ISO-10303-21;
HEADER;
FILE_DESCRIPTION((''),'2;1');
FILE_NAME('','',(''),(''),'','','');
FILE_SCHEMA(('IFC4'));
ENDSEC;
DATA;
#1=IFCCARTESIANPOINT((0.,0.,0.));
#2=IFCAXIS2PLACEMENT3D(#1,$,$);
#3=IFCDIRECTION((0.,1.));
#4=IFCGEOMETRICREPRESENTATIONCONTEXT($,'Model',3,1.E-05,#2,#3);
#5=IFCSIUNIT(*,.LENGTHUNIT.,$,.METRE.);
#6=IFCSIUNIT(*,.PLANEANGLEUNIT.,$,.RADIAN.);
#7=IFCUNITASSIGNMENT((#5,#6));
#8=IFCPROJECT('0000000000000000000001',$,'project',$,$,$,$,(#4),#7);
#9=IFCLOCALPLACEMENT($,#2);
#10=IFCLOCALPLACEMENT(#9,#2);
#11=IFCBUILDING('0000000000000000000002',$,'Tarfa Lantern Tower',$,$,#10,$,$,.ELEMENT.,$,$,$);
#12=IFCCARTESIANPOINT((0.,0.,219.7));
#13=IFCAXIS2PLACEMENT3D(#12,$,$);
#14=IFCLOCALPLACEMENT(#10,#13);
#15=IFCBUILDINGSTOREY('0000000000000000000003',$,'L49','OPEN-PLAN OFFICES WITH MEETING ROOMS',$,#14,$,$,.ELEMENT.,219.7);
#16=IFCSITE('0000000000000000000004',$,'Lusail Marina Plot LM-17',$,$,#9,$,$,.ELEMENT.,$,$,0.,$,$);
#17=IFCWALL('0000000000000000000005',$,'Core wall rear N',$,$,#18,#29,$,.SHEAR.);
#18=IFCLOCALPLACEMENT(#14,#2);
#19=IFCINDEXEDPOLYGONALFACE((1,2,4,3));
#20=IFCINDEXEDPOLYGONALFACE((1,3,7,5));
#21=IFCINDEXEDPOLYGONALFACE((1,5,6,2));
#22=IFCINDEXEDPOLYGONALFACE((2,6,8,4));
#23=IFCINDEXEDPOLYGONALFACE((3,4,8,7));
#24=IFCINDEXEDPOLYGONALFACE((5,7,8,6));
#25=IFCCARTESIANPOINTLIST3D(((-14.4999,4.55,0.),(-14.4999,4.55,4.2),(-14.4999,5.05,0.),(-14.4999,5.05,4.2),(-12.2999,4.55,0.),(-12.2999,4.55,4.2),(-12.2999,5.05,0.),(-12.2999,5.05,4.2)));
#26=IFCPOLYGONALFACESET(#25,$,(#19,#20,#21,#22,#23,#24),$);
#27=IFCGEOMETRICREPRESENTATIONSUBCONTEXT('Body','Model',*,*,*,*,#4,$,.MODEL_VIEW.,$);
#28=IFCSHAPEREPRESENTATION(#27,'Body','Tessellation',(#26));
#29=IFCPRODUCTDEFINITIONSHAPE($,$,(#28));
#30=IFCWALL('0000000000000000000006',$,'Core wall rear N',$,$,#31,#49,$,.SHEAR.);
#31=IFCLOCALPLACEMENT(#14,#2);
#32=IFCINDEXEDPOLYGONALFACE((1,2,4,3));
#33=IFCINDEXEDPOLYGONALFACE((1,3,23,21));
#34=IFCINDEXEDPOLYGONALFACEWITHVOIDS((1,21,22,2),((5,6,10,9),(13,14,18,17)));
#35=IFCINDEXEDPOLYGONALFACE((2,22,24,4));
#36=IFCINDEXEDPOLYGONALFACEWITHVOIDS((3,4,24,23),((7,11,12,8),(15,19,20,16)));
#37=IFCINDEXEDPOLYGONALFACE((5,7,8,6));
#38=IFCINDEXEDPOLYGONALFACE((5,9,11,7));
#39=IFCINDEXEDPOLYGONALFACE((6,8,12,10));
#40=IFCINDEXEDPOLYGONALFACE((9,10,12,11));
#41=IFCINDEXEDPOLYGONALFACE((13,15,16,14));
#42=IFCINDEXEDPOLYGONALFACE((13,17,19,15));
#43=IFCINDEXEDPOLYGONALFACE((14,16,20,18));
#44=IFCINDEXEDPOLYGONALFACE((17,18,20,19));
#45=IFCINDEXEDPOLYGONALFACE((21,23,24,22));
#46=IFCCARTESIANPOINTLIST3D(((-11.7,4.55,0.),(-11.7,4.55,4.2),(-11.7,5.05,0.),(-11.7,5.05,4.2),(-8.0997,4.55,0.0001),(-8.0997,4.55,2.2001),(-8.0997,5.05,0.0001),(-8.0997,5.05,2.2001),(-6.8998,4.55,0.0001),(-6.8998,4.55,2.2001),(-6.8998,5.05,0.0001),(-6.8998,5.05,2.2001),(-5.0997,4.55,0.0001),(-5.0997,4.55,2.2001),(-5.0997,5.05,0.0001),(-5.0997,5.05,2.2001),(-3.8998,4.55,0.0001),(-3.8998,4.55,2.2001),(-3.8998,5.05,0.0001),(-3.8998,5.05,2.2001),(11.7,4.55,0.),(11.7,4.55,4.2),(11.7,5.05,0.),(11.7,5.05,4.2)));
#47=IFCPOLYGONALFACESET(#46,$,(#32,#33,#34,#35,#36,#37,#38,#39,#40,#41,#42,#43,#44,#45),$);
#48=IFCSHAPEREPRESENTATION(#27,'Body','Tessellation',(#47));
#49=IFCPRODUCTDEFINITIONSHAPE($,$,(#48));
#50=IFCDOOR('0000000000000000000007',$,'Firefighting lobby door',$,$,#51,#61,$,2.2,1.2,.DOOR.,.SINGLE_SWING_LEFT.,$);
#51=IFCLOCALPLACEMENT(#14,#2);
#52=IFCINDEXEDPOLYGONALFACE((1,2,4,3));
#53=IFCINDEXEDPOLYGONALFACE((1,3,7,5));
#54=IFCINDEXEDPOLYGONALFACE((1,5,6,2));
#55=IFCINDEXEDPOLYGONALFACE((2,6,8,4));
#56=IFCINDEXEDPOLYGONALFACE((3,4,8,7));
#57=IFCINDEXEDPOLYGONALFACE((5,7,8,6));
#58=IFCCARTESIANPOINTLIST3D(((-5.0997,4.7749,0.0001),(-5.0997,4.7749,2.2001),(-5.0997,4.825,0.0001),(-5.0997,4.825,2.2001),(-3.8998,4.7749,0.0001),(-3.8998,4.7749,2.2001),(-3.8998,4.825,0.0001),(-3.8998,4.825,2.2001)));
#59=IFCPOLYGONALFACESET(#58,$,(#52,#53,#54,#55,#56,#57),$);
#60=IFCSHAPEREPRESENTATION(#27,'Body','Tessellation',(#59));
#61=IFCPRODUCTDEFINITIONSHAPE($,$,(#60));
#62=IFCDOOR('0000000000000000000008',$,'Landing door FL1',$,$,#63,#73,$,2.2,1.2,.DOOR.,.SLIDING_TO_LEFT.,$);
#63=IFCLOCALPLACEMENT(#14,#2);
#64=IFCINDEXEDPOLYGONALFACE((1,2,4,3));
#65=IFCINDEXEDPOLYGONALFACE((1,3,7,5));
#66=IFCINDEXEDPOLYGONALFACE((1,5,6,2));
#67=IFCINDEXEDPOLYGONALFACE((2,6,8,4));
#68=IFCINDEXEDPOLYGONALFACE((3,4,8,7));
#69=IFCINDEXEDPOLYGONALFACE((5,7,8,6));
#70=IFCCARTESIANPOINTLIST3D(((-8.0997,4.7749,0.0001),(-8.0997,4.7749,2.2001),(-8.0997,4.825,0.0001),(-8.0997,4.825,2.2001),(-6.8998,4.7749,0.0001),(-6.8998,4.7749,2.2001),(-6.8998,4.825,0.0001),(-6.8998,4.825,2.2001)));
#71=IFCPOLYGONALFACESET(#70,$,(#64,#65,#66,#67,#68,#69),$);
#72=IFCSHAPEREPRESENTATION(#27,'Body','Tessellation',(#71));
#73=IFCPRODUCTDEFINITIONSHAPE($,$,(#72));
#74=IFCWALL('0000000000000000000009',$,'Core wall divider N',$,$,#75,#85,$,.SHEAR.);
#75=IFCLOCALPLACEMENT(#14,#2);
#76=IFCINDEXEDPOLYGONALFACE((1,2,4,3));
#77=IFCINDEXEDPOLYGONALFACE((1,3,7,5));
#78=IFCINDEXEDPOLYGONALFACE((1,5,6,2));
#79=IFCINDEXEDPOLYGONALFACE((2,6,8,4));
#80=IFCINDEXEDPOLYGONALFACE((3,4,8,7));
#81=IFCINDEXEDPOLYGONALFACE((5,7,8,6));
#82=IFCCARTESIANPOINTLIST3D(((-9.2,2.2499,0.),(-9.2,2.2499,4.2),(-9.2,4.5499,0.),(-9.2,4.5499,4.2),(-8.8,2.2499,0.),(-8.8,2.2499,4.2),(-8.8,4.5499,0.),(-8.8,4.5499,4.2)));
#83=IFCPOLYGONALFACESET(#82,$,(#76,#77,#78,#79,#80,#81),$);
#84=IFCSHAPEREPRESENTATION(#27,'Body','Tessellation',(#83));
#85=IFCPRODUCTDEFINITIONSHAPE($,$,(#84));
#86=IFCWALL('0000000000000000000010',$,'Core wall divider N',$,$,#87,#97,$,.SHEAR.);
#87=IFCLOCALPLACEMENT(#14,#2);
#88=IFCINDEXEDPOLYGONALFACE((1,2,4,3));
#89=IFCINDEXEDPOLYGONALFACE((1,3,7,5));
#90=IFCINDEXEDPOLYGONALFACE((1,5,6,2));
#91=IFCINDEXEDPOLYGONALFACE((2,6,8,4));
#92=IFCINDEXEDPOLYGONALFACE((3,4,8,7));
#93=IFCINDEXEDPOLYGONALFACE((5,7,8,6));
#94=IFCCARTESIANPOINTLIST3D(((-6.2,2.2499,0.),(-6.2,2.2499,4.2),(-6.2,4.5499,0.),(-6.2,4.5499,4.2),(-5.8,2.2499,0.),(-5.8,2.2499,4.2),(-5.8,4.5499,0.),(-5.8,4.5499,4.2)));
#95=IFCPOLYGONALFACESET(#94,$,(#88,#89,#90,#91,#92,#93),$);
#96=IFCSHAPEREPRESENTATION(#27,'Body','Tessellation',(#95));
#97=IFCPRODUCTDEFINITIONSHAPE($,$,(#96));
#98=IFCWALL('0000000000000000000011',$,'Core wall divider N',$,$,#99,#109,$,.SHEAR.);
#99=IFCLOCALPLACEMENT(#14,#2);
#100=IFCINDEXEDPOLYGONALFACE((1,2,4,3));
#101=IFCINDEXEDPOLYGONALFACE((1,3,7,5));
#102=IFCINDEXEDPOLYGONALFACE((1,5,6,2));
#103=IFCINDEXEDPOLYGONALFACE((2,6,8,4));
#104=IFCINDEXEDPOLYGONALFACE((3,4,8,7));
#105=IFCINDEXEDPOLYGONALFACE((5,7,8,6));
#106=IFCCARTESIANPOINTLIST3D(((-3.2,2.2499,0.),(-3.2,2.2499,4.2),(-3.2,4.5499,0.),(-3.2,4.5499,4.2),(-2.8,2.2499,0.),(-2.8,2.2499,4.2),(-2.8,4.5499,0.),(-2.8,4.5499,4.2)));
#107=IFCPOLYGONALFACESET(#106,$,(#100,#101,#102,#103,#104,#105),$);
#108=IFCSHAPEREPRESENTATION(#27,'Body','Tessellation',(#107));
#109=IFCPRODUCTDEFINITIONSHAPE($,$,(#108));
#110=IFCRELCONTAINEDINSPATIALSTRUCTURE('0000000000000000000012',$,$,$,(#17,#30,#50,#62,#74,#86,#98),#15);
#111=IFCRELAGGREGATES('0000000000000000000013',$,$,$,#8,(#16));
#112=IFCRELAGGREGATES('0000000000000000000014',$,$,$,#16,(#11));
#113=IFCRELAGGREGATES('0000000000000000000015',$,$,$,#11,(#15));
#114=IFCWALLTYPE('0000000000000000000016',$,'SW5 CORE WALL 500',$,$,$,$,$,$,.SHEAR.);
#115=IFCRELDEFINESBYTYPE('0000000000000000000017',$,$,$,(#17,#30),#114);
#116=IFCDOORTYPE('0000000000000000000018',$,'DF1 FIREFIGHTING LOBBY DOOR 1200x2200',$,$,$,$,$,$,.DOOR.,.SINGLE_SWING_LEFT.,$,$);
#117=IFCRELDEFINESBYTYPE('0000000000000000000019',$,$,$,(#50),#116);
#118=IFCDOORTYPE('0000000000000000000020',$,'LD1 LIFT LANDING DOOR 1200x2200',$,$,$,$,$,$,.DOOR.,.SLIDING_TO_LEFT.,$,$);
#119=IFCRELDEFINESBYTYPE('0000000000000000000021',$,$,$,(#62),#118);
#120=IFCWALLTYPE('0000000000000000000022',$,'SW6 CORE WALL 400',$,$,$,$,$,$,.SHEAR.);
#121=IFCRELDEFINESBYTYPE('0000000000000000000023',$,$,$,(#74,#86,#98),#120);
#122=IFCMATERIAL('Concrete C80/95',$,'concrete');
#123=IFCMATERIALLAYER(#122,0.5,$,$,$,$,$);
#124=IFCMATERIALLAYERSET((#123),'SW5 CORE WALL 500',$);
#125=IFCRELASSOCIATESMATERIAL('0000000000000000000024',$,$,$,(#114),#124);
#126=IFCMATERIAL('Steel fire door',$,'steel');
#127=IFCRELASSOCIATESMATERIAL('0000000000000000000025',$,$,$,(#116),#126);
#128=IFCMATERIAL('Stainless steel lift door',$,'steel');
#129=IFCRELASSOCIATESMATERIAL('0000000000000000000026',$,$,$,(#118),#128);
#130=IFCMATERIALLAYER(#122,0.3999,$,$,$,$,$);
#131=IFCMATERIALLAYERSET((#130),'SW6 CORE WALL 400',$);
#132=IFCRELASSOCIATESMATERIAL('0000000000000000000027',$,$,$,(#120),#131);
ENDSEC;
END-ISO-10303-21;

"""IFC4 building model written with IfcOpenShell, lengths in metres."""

from ifc_helpers import new_model, si_unit, direction, frame, frame_2d, origin, place, context, subcontext, project, spatial, rectangle, extrude, material, layer, layer_set, type_object, element, fill, save


model = new_model("IFC4")

# Units and contexts
model_context = context("Model", 3, precision=1e-05, world=origin(), true_north=direction((0.0, 1.0)))
body_context = subcontext(model_context, "Body", "Model", "MODEL_VIEW")
ifc_project = project(units=[si_unit("LENGTHUNIT", "METRE"), si_unit("PLANEANGLEUNIT", "RADIAN")], contexts=[model_context])

# Site, building, storey
site_placement = place(None, origin())
site = spatial("IfcSite", under=ifc_project, at=site_placement, Name="Lusail Marina Plot LM-17", CompositionType="ELEMENT", RefElevation=0.0)
building_placement = place(site_placement, origin())
building = spatial("IfcBuilding", under=site, at=building_placement, Name="Tarfa Lantern Tower", CompositionType="ELEMENT")
storey_placement = place(building_placement, frame((0.0, 0.0, 219.7)))
storey = spatial("IfcBuildingStorey", under=building, at=storey_placement, Name="L49", Description="OPEN-PLAN OFFICES WITH MEETING ROOMS", CompositionType="ELEMENT", Elevation=219.7)

# Shared definitions
ifc_material_1 = material(Name="Concrete C80/95", Category="concrete")

# Shared definitions
ifc_material_2 = material(Name="Steel fire door", Category="steel")

# Shared definitions
ifc_layer_1 = layer(ifc_material_1, 0.5)
ifc_layer_set_1 = layer_set([ifc_layer_1], Name="SW5 CORE WALL 500")
wall_type_1 = type_object("IfcWallType", Name="SW5 CORE WALL 500", PredefinedType="SHEAR", material=ifc_layer_set_1)
ifc_material_3 = material(Name="Stainless steel lift door", Category="steel")

# Wall
wall_1_placement = place(storey_placement, frame((-14.5, 4.8, 0.0), z_axis=(0.0, 0.0, 1.0), x_axis=(1.0, 0.0, 0.0)))
element("IfcWall", 1, at=wall_1_placement, inside=storey, type_object=wall_type_1, Name="Core wall rear N", PredefinedType="SHEAR", context=body_context, shape_type="SweptSolid", body=[
    extrude(rectangle(XDim=2.2, YDim=0.5, at=frame_2d((1.1001, 0.0))), origin(), (0.0, 0.0, 1.0), 4.2),
])

# Wall, openings, doors
wall_2_placement = place(storey_placement, frame((-11.7, 4.8, 0.0), z_axis=(0.0, 0.0, 1.0), x_axis=(1.0, 0.0, 0.0)))
wall_2 = element("IfcWall", 2, at=wall_2_placement, inside=storey, type_object=wall_type_1, Name="Core wall rear N", PredefinedType="SHEAR", context=body_context, shape_type="SweptSolid", body=[
    extrude(rectangle(XDim=23.3999, YDim=0.5, at=frame_2d((11.7, 0.0))), origin(), (0.0, 0.0, 1.0), 4.2),
])
opening_1_placement = place(wall_2_placement, frame((6.6001, 0.0, 0.0)))
opening_1 = element("IfcOpeningElement", 3, at=opening_1_placement, cuts=wall_2, PredefinedType="OPENING", context=body_context, shape_type="SweptSolid", body=[
    extrude(rectangle(XDim=1.2, YDim=2.2, at=frame_2d((0.6001, 1.1001))), frame((0.0, 0.26, 0.0), z_axis=(0.0, -1.0, 0.0), x_axis=(1.0, 0.0, 0.0)), (0.0, 0.0, 1.0), 0.52),
])
opening_2_placement = place(wall_2_placement, frame((3.6001, 0.0, 0.0)))
opening_2 = element("IfcOpeningElement", 4, at=opening_2_placement, cuts=wall_2, PredefinedType="OPENING", context=body_context, shape_type="SweptSolid", body=[
    extrude(rectangle(XDim=1.2, YDim=2.2, at=frame_2d((0.6001, 1.1001))), frame((0.0, 0.26, 0.0), z_axis=(0.0, -1.0, 0.0), x_axis=(1.0, 0.0, 0.0)), (0.0, 0.0, 1.0), 0.52),
])
door_type_1 = type_object("IfcDoorType", Name="DF1 FIREFIGHTING LOBBY DOOR 1200x2200", OperationType="SINGLE_SWING_LEFT", PredefinedType="DOOR", material=ifc_material_2)
door_1_placement = place(opening_1_placement, origin())
door_1 = element("IfcDoor", 5, at=door_1_placement, inside=storey, type_object=door_type_1, Name="Firefighting lobby door", OperationType="SINGLE_SWING_LEFT", OverallHeight=2.2, OverallWidth=1.2, PredefinedType="DOOR", context=body_context, shape_type="SweptSolid", body=[
    extrude(rectangle(XDim=1.2, YDim=2.2, at=frame_2d((0.6001, 1.1001))), frame((0.0, 0.0249, 0.0), z_axis=(0.0, -1.0, 0.0), x_axis=(1.0, 0.0, 0.0)), (0.0, 0.0, 1.0), 0.05),
])
fill(opening_1, door_1)
door_type_2 = type_object("IfcDoorType", Name="LD1 LIFT LANDING DOOR 1200x2200", OperationType="SLIDING_TO_LEFT", PredefinedType="DOOR", material=ifc_material_3)
door_2_placement = place(opening_2_placement, origin())
door_2 = element("IfcDoor", 6, at=door_2_placement, inside=storey, type_object=door_type_2, Name="Landing door FL1", OperationType="SLIDING_TO_LEFT", OverallHeight=2.2, OverallWidth=1.2, PredefinedType="DOOR", context=body_context, shape_type="SweptSolid", body=[
    extrude(rectangle(XDim=1.2, YDim=2.2, at=frame_2d((0.6001, 1.1001))), frame((0.0, 0.0249, 0.0), z_axis=(0.0, -1.0, 0.0), x_axis=(1.0, 0.0, 0.0)), (0.0, 0.0, 1.0), 0.05),
])
fill(opening_2, door_2)

# Walls
ifc_layer_2 = layer(ifc_material_1, 0.3999)
ifc_layer_set_2 = layer_set([ifc_layer_2], Name="SW6 CORE WALL 400")
wall_type_2 = type_object("IfcWallType", Name="SW6 CORE WALL 400", PredefinedType="SHEAR", material=ifc_layer_set_2)
for number, where, z_axis, x_axis, name in (
    (7, (-9.0, 2.25, 0.0), (0.0, 0.0, 1.0), (0.0, 1.0, 0.0), "Core wall divider N"),
    (8, (-6.0, 2.25, 0.0), (0.0, 0.0, 1.0), (0.0, 1.0, 0.0), "Core wall divider N"),
    (9, (-3.0, 2.25, 0.0), (0.0, 0.0, 1.0), (0.0, 1.0, 0.0), "Core wall divider N"),
):
    element("IfcWall", number, at=place(storey_placement, frame(where, z_axis=z_axis, x_axis=x_axis)), inside=storey, type_object=wall_type_2, Name=name, PredefinedType="SHEAR", context=body_context, shape_type="SweptSolid", body=[
        extrude(rectangle(XDim=2.3, YDim=0.3999, at=frame_2d((1.1499, 0.0))), origin(), (0.0, 0.0, 1.0), 4.2),
    ])

save(model, "model.ifc")
